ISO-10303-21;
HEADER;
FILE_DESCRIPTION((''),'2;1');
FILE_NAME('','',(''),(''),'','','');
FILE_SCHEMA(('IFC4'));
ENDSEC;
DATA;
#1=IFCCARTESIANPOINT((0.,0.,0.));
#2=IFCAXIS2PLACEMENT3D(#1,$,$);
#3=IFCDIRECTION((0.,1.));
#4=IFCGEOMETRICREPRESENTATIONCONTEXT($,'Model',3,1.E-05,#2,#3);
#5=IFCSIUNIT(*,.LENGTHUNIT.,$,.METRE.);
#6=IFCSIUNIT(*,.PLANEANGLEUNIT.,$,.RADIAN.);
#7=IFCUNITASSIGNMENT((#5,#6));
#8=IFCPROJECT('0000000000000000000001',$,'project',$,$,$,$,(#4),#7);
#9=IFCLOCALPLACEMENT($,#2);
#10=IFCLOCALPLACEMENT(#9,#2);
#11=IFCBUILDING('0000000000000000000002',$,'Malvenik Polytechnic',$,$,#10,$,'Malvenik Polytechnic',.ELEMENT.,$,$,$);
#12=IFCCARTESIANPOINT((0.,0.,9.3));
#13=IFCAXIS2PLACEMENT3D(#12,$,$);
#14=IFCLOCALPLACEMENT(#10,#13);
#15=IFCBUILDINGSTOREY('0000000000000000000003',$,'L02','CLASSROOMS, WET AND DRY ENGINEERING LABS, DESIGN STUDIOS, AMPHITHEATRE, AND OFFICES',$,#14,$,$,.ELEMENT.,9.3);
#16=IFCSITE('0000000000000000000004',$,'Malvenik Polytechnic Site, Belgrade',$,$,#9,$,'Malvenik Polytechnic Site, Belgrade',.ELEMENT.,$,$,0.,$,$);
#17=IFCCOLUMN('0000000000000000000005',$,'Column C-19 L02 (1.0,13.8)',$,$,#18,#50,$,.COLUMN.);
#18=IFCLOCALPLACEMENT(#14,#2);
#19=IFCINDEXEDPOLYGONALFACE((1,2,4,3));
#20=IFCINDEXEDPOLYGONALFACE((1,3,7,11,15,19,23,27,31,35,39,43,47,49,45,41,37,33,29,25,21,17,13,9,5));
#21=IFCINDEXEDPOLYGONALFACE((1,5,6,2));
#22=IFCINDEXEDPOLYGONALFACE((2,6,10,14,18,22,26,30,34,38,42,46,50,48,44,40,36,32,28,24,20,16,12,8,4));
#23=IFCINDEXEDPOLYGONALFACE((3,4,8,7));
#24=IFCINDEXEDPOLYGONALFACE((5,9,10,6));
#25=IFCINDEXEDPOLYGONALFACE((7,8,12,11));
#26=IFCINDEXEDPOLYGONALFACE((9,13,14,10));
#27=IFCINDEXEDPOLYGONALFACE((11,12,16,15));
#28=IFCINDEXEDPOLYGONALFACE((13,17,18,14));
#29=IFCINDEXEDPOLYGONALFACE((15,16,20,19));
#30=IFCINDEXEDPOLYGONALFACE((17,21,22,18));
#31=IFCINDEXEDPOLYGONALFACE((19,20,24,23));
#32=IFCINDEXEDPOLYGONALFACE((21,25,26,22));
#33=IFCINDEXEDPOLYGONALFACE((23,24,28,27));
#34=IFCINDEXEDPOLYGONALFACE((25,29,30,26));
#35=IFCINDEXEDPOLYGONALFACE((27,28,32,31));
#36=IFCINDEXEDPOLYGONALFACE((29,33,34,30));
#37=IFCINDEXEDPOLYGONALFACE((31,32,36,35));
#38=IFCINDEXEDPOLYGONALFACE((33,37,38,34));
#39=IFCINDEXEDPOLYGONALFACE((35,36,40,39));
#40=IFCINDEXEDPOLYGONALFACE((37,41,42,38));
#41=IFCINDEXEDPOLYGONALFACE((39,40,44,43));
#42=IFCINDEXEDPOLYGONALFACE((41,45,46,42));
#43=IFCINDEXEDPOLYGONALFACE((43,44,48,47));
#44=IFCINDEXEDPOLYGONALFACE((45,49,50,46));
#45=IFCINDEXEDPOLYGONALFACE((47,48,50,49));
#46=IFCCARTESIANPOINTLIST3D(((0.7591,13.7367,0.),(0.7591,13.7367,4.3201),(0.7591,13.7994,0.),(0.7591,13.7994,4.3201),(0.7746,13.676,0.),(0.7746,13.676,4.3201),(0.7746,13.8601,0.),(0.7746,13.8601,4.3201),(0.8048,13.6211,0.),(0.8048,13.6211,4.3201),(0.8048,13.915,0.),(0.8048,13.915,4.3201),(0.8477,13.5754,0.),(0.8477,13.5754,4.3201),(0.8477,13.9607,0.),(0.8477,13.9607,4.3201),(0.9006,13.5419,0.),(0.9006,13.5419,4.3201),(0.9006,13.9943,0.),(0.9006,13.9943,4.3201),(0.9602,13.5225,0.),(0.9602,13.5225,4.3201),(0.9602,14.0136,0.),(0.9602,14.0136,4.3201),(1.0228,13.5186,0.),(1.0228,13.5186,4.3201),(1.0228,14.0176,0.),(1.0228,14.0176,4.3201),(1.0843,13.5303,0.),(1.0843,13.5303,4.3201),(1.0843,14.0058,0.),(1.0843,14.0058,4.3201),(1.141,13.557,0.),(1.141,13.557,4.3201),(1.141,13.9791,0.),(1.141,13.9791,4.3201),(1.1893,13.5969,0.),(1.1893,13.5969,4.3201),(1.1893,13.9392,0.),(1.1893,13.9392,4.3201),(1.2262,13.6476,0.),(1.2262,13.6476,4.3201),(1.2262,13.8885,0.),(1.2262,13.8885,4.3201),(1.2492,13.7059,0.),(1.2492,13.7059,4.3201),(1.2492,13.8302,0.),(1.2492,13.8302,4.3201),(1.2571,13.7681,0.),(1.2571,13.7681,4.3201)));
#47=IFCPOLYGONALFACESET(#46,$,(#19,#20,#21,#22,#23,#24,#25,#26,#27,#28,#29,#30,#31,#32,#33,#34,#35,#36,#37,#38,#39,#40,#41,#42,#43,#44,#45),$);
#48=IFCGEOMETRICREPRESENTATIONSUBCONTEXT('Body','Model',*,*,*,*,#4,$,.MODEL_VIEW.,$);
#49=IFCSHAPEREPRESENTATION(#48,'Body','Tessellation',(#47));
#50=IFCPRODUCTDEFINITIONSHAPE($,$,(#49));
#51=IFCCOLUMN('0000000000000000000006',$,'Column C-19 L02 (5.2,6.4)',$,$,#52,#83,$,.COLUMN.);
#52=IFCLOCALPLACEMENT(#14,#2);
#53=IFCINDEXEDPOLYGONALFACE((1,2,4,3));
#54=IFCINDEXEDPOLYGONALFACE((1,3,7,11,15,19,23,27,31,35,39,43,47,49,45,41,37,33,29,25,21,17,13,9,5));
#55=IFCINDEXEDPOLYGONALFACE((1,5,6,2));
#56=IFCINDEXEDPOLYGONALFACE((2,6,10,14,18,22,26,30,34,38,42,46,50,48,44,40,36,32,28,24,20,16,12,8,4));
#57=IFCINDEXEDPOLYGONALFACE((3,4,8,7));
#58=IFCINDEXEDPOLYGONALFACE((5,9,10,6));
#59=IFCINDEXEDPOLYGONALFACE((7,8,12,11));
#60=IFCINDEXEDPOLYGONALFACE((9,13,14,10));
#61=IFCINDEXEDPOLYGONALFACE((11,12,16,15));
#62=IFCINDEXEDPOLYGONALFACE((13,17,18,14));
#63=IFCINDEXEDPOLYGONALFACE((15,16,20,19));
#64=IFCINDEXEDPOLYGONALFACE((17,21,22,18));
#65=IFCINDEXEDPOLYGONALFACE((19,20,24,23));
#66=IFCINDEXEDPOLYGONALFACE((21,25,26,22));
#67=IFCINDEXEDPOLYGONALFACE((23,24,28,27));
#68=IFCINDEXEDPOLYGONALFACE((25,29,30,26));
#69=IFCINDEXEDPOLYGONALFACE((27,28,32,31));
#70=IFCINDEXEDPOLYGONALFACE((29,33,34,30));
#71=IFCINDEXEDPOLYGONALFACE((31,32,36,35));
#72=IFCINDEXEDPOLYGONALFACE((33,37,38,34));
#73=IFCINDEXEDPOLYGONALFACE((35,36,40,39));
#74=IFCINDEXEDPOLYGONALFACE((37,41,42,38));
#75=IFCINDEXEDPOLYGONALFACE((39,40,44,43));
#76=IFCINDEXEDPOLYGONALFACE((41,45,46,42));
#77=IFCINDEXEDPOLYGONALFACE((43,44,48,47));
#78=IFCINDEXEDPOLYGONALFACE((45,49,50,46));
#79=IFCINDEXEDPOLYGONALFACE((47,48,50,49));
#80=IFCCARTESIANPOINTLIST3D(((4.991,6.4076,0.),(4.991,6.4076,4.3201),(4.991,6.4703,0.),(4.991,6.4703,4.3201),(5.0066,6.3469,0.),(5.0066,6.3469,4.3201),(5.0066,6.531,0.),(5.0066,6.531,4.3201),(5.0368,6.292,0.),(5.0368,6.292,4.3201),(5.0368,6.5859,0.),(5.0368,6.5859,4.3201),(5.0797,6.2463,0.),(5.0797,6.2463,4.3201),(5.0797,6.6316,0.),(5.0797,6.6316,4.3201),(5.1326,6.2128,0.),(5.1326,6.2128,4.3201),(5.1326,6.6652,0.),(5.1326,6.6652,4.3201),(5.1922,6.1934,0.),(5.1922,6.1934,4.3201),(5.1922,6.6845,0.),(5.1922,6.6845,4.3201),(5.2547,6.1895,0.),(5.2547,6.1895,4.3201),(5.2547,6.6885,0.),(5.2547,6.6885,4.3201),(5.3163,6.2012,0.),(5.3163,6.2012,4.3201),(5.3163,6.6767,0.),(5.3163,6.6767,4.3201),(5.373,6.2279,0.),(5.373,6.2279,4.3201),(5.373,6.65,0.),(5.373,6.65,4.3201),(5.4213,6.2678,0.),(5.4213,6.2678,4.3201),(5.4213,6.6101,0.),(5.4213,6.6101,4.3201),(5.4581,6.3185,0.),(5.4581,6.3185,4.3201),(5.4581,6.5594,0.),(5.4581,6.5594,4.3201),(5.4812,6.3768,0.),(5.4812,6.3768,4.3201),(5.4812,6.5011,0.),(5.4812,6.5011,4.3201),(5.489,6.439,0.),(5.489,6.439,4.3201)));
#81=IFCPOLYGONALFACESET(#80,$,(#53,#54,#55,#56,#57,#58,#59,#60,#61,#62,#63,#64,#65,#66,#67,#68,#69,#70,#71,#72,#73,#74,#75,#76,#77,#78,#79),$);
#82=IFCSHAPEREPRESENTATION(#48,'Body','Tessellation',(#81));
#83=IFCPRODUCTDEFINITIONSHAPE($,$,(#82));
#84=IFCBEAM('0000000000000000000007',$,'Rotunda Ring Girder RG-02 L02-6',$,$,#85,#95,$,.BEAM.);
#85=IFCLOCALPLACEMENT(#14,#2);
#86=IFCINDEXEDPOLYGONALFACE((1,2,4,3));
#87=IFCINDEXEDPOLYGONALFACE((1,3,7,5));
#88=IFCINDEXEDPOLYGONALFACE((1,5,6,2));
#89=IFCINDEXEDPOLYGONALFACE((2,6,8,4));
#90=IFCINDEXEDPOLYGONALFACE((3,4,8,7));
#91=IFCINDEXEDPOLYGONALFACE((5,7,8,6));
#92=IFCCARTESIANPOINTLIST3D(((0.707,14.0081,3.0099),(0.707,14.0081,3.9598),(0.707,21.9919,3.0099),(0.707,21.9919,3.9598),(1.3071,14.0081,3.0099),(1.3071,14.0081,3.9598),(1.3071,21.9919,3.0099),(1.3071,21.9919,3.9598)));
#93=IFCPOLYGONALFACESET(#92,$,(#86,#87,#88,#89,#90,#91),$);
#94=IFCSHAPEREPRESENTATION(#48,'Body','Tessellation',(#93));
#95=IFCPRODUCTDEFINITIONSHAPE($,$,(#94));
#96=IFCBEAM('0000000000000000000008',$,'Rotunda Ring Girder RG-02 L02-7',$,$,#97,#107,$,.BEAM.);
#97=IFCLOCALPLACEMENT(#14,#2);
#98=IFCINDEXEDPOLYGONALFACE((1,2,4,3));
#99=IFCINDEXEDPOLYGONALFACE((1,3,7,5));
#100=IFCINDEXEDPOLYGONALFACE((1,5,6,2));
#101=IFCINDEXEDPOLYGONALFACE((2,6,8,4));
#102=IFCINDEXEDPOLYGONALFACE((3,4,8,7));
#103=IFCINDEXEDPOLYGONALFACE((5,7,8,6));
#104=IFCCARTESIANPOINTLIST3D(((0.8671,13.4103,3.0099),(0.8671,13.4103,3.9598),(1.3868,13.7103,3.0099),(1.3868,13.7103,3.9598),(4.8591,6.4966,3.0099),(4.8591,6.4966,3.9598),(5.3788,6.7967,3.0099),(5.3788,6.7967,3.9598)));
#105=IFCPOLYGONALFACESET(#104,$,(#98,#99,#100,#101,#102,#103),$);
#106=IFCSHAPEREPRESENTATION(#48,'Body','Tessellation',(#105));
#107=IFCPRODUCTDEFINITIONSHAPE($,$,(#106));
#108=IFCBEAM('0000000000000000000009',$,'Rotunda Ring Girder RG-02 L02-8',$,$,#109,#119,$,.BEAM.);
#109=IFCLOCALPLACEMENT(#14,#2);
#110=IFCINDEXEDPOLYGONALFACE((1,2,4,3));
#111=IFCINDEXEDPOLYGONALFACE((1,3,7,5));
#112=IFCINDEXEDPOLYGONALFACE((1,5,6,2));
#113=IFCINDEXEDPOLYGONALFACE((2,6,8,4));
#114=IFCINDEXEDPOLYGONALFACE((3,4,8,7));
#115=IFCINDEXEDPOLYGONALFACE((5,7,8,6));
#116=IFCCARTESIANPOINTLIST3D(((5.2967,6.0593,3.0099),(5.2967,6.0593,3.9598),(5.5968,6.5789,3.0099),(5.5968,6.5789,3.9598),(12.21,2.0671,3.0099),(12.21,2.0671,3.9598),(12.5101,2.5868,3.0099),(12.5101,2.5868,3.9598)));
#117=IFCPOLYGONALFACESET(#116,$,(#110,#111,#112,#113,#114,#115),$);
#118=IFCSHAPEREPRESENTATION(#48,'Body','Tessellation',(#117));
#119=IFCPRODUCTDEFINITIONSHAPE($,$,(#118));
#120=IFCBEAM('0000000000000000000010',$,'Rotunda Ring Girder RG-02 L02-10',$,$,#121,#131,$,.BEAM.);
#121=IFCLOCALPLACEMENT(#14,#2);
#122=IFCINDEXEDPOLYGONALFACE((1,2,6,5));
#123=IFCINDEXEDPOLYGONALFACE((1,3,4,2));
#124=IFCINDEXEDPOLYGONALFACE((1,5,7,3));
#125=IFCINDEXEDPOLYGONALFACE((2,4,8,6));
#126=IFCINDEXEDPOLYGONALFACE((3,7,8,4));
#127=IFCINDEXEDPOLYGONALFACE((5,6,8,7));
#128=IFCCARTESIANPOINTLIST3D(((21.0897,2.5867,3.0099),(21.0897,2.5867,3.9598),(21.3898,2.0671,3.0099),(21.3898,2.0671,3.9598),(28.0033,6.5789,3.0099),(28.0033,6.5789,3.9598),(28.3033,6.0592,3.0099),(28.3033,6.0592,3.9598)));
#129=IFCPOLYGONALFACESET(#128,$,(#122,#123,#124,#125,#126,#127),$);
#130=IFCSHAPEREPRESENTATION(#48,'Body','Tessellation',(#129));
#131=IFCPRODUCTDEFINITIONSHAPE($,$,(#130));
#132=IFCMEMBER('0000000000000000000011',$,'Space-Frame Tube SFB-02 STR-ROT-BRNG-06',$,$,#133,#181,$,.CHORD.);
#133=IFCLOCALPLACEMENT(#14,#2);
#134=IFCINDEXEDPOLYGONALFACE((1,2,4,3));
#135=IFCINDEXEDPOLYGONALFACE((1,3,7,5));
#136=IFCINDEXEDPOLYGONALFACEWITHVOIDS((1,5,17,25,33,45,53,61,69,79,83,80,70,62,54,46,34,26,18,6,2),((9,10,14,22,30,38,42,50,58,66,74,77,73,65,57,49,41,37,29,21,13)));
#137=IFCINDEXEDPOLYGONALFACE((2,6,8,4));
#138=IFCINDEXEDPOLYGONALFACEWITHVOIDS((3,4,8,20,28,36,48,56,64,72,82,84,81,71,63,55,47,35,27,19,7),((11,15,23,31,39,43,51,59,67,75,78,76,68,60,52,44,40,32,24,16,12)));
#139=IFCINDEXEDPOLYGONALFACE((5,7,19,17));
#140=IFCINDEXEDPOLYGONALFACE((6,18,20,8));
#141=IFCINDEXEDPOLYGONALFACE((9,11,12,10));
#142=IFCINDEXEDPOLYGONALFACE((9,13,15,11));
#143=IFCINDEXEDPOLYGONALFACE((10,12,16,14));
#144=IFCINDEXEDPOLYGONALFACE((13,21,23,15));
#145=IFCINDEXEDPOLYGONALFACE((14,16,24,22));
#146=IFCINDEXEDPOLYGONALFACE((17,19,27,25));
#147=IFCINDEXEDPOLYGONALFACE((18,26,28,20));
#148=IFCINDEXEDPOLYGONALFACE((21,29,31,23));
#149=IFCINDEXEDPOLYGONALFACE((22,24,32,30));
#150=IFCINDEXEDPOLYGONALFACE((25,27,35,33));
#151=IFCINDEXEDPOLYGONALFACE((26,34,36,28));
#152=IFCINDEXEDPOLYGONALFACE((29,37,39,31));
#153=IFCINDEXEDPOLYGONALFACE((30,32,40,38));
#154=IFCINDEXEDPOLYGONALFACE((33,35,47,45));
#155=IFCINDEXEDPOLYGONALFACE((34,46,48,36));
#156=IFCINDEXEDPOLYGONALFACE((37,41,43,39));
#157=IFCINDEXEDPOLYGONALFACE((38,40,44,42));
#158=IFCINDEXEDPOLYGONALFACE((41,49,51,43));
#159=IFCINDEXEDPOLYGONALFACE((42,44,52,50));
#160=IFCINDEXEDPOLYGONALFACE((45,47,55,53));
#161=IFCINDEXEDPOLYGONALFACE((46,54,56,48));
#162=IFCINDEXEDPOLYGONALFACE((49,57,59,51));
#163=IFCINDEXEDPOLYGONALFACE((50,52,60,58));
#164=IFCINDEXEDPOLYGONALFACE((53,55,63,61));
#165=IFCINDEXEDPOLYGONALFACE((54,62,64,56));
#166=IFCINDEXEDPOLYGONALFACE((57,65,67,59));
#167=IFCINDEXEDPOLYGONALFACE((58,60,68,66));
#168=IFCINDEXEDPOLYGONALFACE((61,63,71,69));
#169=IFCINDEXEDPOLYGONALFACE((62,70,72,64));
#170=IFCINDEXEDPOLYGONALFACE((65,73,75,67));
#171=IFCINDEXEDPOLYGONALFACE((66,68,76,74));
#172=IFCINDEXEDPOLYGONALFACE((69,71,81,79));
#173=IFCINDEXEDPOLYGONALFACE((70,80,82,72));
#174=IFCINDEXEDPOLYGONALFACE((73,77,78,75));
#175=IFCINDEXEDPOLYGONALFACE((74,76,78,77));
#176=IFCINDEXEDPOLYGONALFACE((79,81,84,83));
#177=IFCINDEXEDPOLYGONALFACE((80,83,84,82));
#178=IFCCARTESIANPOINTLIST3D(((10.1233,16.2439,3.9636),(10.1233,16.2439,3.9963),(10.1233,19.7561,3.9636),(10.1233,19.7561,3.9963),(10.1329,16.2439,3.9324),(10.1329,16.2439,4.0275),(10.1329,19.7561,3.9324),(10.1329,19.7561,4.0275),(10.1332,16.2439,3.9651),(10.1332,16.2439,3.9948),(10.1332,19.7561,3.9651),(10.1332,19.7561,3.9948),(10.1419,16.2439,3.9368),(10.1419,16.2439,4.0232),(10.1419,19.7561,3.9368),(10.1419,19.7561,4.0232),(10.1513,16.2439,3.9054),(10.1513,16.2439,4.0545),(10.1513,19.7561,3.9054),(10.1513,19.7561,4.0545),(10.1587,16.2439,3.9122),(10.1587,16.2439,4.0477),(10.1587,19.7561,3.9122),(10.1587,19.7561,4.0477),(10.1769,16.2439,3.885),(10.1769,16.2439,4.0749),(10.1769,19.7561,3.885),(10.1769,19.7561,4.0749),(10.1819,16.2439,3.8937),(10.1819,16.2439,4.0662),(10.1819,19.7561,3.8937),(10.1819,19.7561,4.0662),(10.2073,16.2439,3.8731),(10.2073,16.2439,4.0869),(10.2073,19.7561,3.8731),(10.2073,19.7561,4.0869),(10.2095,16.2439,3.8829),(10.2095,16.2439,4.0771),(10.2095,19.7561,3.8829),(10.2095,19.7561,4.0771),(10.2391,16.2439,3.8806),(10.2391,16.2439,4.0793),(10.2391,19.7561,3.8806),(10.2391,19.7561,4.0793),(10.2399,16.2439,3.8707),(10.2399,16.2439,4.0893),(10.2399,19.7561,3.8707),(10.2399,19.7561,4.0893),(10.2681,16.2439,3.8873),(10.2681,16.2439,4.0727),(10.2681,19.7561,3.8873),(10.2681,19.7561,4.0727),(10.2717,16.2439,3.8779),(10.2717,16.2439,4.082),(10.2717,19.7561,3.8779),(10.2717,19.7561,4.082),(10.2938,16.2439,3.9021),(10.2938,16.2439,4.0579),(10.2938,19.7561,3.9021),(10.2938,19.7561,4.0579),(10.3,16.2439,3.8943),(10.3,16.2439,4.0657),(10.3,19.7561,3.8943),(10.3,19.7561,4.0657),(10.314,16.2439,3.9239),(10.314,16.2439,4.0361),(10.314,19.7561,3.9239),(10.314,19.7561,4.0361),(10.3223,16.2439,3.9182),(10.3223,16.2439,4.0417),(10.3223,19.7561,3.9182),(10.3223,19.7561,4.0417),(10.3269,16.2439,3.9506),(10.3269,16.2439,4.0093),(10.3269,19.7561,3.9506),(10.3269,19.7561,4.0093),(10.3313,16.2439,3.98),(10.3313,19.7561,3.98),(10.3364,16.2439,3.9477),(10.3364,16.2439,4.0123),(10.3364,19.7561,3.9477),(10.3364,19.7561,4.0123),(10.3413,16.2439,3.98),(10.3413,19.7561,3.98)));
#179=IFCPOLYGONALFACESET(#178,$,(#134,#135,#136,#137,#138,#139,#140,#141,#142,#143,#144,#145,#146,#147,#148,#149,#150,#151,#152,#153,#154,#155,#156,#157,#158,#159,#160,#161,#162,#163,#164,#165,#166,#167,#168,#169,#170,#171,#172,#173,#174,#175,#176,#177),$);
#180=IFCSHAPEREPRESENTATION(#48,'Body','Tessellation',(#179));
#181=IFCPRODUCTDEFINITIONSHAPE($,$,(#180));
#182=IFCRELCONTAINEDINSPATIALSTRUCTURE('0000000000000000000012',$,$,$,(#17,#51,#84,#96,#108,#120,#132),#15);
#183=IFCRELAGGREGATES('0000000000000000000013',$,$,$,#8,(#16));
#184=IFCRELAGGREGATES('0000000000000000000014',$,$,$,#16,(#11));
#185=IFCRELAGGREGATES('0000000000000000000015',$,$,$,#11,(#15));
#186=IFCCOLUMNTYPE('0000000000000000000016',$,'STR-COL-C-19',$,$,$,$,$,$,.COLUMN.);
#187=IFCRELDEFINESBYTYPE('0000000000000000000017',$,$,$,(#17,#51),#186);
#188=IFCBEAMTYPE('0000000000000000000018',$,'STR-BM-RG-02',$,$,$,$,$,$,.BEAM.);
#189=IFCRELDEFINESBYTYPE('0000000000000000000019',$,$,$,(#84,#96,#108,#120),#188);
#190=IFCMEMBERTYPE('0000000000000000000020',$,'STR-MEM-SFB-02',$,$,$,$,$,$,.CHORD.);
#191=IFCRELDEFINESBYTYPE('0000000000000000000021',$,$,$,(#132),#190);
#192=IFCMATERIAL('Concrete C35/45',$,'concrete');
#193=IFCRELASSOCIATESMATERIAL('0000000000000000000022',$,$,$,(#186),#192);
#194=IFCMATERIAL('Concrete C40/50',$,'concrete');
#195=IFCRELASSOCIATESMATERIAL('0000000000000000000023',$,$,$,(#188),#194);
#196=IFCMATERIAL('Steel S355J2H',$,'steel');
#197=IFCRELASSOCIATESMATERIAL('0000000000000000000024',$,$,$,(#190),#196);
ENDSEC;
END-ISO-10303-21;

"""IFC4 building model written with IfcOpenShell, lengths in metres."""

from ifc_helpers import new_model, si_unit, direction, frame, origin, origin_2d, place, context, subcontext, project, spatial, rectangle, circle, hollow_circle, extrude, material, material_profile, profile_set, type_object, element, save


model = new_model("IFC4")

# Units and contexts
model_context = context("Model", 3, precision=1e-05, world=origin(), true_north=direction((0.0, 1.0)))
body_context = subcontext(model_context, "Body", "Model", "MODEL_VIEW")
ifc_project = project(units=[si_unit("LENGTHUNIT", "METRE"), si_unit("PLANEANGLEUNIT", "RADIAN")], contexts=[model_context])

# Site, building, storey
site_placement = place(None, origin())
site = spatial("IfcSite", under=ifc_project, at=site_placement, Name="Malvenik Polytechnic Site, Belgrade", LongName="Malvenik Polytechnic Site, Belgrade", CompositionType="ELEMENT", RefElevation=0.0)
building_placement = place(site_placement, origin())
building = spatial("IfcBuilding", under=site, at=building_placement, Name="Malvenik Polytechnic", LongName="Malvenik Polytechnic", CompositionType="ELEMENT")
storey_placement = place(building_placement, frame((0.0, 0.0, 9.3)))
storey = spatial("IfcBuildingStorey", under=building, at=storey_placement, Name="L02", Description="CLASSROOMS, WET AND DRY ENGINEERING LABS, DESIGN STUDIOS, AMPHITHEATRE, AND OFFICES", CompositionType="ELEMENT", Elevation=9.3)

# Columns
ifc_material_1 = material(Name="Concrete C35/45", Category="concrete")
ifc_material_profile_1 = material_profile(ifc_material_1, circle(Radius=0.25, at=origin_2d()), Name="RC COL D500")
ifc_profile_set_1 = profile_set([ifc_material_profile_1], Name="Concrete C35/45")
column_type = type_object("IfcColumnType", Name="STR-COL-C-19", PredefinedType="COLUMN", material=ifc_profile_set_1)
for number, where, z_axis, x_axis, name in (
    (1, (1.0071, 13.7681, 0.0), (0.0, 0.0, 1.0), (1.0, 0.0, 0.0), "Column C-19 L02 (1.0,13.8)"),
    (2, (5.239, 6.439, 0.0), (0.0, 0.0, 1.0), (1.0, 0.0, 0.0), "Column C-19 L02 (5.2,6.4)"),
):
    element("IfcColumn", number, at=place(storey_placement, frame(where, z_axis=z_axis, x_axis=x_axis)), inside=storey, type_object=column_type, Name=name, PredefinedType="COLUMN", context=body_context, shape_type="SweptSolid", body=[
        extrude(circle(Radius=0.25, at=origin_2d()), origin(), (0.0, 0.0, 1.0), 4.3201),
    ])

# Beams
ifc_material_2 = material(Name="Concrete C40/50", Category="concrete")
ifc_material_profile_2 = material_profile(ifc_material_2, rectangle(XDim=0.6001, YDim=0.95, at=origin_2d()), Name="RC RG 600x950")
ifc_profile_set_2 = profile_set([ifc_material_profile_2], Name="Concrete C40/50")
beam_type = type_object("IfcBeamType", Name="STR-BM-RG-02", PredefinedType="BEAM", material=ifc_profile_set_2)
beam_1_placement = place(storey_placement, frame((1.0071, 21.9919, 3.4849), z_axis=(0.0, -1.0, 0.0), x_axis=(1.0, 0.0, 0.0)))
element("IfcBeam", 3, at=beam_1_placement, inside=storey, type_object=beam_type, Name="Rotunda Ring Girder RG-02 L02-6", PredefinedType="BEAM", context=body_context, shape_type="SweptSolid", body=[
    extrude(rectangle(XDim=0.6001, YDim=0.95, at=origin_2d()), origin(), (0.0, 0.0, 1.0), 7.9839),
])
beam_2_placement = place(storey_placement, frame((1.127, 13.5603, 3.4849), z_axis=(0.500037, -0.866004, 0.0), x_axis=(0.866004, 0.500037, 0.0)))
element("IfcBeam", 4, at=beam_2_placement, inside=storey, type_object=beam_type, Name="Rotunda Ring Girder RG-02 L02-7", PredefinedType="BEAM", context=body_context, shape_type="SweptSolid", body=[
    extrude(rectangle(XDim=0.6001, YDim=0.95, at=origin_2d()), origin(), (0.0, 0.0, 1.0), 7.9834),
])
beam_3_placement = place(storey_placement, frame((5.4468, 6.3191, 3.4849), z_axis=(0.865983, -0.500073, 0.0), x_axis=(0.500073, 0.865983, 0.0)))
element("IfcBeam", 5, at=beam_3_placement, inside=storey, type_object=beam_type, Name="Rotunda Ring Girder RG-02 L02-8", PredefinedType="BEAM", context=body_context, shape_type="SweptSolid", body=[
    extrude(rectangle(XDim=0.6001, YDim=0.95, at=origin_2d()), origin(), (0.0, 0.0, 1.0), 7.9832),
])
beam_4_placement = place(storey_placement, frame((21.2397, 2.3269, 3.4849), z_axis=(0.865991, 0.50006, 0.0), x_axis=(-0.50006, 0.865991, 0.0)))
element("IfcBeam", 6, at=beam_4_placement, inside=storey, type_object=beam_type, Name="Rotunda Ring Girder RG-02 L02-10", PredefinedType="BEAM", context=body_context, shape_type="SweptSolid", body=[
    extrude(rectangle(XDim=0.6001, YDim=0.95, at=origin_2d()), origin(), (0.0, 0.0, 1.0), 7.9834),
])

# Member
ifc_material_3 = material(Name="Steel S355J2H", Category="steel")
ifc_material_profile_3 = material_profile(ifc_material_3, hollow_circle(Radius=0.1096, WallThickness=0.01, at=origin_2d()), Name="CHS 219.1x10.0")
ifc_profile_set_3 = profile_set([ifc_material_profile_3], Name="Steel S355J2H")
member_type = type_object("IfcMemberType", Name="STR-MEM-SFB-02", PredefinedType="CHORD", material=ifc_profile_set_3)
member_1_placement = place(storey_placement, frame((10.2317, 19.7561, 3.98), z_axis=(0.0, -1.0, 0.0), x_axis=(1.0, 0.0, 0.0)))
element("IfcMember", 7, at=member_1_placement, inside=storey, type_object=member_type, Name="Space-Frame Tube SFB-02 STR-ROT-BRNG-06", PredefinedType="CHORD", context=body_context, shape_type="SweptSolid", body=[
    extrude(hollow_circle(Radius=0.1096, WallThickness=0.01, at=origin_2d()), origin(), (0.0, 0.0, 1.0), 3.5122),
])

save(model, "model.ifc")
